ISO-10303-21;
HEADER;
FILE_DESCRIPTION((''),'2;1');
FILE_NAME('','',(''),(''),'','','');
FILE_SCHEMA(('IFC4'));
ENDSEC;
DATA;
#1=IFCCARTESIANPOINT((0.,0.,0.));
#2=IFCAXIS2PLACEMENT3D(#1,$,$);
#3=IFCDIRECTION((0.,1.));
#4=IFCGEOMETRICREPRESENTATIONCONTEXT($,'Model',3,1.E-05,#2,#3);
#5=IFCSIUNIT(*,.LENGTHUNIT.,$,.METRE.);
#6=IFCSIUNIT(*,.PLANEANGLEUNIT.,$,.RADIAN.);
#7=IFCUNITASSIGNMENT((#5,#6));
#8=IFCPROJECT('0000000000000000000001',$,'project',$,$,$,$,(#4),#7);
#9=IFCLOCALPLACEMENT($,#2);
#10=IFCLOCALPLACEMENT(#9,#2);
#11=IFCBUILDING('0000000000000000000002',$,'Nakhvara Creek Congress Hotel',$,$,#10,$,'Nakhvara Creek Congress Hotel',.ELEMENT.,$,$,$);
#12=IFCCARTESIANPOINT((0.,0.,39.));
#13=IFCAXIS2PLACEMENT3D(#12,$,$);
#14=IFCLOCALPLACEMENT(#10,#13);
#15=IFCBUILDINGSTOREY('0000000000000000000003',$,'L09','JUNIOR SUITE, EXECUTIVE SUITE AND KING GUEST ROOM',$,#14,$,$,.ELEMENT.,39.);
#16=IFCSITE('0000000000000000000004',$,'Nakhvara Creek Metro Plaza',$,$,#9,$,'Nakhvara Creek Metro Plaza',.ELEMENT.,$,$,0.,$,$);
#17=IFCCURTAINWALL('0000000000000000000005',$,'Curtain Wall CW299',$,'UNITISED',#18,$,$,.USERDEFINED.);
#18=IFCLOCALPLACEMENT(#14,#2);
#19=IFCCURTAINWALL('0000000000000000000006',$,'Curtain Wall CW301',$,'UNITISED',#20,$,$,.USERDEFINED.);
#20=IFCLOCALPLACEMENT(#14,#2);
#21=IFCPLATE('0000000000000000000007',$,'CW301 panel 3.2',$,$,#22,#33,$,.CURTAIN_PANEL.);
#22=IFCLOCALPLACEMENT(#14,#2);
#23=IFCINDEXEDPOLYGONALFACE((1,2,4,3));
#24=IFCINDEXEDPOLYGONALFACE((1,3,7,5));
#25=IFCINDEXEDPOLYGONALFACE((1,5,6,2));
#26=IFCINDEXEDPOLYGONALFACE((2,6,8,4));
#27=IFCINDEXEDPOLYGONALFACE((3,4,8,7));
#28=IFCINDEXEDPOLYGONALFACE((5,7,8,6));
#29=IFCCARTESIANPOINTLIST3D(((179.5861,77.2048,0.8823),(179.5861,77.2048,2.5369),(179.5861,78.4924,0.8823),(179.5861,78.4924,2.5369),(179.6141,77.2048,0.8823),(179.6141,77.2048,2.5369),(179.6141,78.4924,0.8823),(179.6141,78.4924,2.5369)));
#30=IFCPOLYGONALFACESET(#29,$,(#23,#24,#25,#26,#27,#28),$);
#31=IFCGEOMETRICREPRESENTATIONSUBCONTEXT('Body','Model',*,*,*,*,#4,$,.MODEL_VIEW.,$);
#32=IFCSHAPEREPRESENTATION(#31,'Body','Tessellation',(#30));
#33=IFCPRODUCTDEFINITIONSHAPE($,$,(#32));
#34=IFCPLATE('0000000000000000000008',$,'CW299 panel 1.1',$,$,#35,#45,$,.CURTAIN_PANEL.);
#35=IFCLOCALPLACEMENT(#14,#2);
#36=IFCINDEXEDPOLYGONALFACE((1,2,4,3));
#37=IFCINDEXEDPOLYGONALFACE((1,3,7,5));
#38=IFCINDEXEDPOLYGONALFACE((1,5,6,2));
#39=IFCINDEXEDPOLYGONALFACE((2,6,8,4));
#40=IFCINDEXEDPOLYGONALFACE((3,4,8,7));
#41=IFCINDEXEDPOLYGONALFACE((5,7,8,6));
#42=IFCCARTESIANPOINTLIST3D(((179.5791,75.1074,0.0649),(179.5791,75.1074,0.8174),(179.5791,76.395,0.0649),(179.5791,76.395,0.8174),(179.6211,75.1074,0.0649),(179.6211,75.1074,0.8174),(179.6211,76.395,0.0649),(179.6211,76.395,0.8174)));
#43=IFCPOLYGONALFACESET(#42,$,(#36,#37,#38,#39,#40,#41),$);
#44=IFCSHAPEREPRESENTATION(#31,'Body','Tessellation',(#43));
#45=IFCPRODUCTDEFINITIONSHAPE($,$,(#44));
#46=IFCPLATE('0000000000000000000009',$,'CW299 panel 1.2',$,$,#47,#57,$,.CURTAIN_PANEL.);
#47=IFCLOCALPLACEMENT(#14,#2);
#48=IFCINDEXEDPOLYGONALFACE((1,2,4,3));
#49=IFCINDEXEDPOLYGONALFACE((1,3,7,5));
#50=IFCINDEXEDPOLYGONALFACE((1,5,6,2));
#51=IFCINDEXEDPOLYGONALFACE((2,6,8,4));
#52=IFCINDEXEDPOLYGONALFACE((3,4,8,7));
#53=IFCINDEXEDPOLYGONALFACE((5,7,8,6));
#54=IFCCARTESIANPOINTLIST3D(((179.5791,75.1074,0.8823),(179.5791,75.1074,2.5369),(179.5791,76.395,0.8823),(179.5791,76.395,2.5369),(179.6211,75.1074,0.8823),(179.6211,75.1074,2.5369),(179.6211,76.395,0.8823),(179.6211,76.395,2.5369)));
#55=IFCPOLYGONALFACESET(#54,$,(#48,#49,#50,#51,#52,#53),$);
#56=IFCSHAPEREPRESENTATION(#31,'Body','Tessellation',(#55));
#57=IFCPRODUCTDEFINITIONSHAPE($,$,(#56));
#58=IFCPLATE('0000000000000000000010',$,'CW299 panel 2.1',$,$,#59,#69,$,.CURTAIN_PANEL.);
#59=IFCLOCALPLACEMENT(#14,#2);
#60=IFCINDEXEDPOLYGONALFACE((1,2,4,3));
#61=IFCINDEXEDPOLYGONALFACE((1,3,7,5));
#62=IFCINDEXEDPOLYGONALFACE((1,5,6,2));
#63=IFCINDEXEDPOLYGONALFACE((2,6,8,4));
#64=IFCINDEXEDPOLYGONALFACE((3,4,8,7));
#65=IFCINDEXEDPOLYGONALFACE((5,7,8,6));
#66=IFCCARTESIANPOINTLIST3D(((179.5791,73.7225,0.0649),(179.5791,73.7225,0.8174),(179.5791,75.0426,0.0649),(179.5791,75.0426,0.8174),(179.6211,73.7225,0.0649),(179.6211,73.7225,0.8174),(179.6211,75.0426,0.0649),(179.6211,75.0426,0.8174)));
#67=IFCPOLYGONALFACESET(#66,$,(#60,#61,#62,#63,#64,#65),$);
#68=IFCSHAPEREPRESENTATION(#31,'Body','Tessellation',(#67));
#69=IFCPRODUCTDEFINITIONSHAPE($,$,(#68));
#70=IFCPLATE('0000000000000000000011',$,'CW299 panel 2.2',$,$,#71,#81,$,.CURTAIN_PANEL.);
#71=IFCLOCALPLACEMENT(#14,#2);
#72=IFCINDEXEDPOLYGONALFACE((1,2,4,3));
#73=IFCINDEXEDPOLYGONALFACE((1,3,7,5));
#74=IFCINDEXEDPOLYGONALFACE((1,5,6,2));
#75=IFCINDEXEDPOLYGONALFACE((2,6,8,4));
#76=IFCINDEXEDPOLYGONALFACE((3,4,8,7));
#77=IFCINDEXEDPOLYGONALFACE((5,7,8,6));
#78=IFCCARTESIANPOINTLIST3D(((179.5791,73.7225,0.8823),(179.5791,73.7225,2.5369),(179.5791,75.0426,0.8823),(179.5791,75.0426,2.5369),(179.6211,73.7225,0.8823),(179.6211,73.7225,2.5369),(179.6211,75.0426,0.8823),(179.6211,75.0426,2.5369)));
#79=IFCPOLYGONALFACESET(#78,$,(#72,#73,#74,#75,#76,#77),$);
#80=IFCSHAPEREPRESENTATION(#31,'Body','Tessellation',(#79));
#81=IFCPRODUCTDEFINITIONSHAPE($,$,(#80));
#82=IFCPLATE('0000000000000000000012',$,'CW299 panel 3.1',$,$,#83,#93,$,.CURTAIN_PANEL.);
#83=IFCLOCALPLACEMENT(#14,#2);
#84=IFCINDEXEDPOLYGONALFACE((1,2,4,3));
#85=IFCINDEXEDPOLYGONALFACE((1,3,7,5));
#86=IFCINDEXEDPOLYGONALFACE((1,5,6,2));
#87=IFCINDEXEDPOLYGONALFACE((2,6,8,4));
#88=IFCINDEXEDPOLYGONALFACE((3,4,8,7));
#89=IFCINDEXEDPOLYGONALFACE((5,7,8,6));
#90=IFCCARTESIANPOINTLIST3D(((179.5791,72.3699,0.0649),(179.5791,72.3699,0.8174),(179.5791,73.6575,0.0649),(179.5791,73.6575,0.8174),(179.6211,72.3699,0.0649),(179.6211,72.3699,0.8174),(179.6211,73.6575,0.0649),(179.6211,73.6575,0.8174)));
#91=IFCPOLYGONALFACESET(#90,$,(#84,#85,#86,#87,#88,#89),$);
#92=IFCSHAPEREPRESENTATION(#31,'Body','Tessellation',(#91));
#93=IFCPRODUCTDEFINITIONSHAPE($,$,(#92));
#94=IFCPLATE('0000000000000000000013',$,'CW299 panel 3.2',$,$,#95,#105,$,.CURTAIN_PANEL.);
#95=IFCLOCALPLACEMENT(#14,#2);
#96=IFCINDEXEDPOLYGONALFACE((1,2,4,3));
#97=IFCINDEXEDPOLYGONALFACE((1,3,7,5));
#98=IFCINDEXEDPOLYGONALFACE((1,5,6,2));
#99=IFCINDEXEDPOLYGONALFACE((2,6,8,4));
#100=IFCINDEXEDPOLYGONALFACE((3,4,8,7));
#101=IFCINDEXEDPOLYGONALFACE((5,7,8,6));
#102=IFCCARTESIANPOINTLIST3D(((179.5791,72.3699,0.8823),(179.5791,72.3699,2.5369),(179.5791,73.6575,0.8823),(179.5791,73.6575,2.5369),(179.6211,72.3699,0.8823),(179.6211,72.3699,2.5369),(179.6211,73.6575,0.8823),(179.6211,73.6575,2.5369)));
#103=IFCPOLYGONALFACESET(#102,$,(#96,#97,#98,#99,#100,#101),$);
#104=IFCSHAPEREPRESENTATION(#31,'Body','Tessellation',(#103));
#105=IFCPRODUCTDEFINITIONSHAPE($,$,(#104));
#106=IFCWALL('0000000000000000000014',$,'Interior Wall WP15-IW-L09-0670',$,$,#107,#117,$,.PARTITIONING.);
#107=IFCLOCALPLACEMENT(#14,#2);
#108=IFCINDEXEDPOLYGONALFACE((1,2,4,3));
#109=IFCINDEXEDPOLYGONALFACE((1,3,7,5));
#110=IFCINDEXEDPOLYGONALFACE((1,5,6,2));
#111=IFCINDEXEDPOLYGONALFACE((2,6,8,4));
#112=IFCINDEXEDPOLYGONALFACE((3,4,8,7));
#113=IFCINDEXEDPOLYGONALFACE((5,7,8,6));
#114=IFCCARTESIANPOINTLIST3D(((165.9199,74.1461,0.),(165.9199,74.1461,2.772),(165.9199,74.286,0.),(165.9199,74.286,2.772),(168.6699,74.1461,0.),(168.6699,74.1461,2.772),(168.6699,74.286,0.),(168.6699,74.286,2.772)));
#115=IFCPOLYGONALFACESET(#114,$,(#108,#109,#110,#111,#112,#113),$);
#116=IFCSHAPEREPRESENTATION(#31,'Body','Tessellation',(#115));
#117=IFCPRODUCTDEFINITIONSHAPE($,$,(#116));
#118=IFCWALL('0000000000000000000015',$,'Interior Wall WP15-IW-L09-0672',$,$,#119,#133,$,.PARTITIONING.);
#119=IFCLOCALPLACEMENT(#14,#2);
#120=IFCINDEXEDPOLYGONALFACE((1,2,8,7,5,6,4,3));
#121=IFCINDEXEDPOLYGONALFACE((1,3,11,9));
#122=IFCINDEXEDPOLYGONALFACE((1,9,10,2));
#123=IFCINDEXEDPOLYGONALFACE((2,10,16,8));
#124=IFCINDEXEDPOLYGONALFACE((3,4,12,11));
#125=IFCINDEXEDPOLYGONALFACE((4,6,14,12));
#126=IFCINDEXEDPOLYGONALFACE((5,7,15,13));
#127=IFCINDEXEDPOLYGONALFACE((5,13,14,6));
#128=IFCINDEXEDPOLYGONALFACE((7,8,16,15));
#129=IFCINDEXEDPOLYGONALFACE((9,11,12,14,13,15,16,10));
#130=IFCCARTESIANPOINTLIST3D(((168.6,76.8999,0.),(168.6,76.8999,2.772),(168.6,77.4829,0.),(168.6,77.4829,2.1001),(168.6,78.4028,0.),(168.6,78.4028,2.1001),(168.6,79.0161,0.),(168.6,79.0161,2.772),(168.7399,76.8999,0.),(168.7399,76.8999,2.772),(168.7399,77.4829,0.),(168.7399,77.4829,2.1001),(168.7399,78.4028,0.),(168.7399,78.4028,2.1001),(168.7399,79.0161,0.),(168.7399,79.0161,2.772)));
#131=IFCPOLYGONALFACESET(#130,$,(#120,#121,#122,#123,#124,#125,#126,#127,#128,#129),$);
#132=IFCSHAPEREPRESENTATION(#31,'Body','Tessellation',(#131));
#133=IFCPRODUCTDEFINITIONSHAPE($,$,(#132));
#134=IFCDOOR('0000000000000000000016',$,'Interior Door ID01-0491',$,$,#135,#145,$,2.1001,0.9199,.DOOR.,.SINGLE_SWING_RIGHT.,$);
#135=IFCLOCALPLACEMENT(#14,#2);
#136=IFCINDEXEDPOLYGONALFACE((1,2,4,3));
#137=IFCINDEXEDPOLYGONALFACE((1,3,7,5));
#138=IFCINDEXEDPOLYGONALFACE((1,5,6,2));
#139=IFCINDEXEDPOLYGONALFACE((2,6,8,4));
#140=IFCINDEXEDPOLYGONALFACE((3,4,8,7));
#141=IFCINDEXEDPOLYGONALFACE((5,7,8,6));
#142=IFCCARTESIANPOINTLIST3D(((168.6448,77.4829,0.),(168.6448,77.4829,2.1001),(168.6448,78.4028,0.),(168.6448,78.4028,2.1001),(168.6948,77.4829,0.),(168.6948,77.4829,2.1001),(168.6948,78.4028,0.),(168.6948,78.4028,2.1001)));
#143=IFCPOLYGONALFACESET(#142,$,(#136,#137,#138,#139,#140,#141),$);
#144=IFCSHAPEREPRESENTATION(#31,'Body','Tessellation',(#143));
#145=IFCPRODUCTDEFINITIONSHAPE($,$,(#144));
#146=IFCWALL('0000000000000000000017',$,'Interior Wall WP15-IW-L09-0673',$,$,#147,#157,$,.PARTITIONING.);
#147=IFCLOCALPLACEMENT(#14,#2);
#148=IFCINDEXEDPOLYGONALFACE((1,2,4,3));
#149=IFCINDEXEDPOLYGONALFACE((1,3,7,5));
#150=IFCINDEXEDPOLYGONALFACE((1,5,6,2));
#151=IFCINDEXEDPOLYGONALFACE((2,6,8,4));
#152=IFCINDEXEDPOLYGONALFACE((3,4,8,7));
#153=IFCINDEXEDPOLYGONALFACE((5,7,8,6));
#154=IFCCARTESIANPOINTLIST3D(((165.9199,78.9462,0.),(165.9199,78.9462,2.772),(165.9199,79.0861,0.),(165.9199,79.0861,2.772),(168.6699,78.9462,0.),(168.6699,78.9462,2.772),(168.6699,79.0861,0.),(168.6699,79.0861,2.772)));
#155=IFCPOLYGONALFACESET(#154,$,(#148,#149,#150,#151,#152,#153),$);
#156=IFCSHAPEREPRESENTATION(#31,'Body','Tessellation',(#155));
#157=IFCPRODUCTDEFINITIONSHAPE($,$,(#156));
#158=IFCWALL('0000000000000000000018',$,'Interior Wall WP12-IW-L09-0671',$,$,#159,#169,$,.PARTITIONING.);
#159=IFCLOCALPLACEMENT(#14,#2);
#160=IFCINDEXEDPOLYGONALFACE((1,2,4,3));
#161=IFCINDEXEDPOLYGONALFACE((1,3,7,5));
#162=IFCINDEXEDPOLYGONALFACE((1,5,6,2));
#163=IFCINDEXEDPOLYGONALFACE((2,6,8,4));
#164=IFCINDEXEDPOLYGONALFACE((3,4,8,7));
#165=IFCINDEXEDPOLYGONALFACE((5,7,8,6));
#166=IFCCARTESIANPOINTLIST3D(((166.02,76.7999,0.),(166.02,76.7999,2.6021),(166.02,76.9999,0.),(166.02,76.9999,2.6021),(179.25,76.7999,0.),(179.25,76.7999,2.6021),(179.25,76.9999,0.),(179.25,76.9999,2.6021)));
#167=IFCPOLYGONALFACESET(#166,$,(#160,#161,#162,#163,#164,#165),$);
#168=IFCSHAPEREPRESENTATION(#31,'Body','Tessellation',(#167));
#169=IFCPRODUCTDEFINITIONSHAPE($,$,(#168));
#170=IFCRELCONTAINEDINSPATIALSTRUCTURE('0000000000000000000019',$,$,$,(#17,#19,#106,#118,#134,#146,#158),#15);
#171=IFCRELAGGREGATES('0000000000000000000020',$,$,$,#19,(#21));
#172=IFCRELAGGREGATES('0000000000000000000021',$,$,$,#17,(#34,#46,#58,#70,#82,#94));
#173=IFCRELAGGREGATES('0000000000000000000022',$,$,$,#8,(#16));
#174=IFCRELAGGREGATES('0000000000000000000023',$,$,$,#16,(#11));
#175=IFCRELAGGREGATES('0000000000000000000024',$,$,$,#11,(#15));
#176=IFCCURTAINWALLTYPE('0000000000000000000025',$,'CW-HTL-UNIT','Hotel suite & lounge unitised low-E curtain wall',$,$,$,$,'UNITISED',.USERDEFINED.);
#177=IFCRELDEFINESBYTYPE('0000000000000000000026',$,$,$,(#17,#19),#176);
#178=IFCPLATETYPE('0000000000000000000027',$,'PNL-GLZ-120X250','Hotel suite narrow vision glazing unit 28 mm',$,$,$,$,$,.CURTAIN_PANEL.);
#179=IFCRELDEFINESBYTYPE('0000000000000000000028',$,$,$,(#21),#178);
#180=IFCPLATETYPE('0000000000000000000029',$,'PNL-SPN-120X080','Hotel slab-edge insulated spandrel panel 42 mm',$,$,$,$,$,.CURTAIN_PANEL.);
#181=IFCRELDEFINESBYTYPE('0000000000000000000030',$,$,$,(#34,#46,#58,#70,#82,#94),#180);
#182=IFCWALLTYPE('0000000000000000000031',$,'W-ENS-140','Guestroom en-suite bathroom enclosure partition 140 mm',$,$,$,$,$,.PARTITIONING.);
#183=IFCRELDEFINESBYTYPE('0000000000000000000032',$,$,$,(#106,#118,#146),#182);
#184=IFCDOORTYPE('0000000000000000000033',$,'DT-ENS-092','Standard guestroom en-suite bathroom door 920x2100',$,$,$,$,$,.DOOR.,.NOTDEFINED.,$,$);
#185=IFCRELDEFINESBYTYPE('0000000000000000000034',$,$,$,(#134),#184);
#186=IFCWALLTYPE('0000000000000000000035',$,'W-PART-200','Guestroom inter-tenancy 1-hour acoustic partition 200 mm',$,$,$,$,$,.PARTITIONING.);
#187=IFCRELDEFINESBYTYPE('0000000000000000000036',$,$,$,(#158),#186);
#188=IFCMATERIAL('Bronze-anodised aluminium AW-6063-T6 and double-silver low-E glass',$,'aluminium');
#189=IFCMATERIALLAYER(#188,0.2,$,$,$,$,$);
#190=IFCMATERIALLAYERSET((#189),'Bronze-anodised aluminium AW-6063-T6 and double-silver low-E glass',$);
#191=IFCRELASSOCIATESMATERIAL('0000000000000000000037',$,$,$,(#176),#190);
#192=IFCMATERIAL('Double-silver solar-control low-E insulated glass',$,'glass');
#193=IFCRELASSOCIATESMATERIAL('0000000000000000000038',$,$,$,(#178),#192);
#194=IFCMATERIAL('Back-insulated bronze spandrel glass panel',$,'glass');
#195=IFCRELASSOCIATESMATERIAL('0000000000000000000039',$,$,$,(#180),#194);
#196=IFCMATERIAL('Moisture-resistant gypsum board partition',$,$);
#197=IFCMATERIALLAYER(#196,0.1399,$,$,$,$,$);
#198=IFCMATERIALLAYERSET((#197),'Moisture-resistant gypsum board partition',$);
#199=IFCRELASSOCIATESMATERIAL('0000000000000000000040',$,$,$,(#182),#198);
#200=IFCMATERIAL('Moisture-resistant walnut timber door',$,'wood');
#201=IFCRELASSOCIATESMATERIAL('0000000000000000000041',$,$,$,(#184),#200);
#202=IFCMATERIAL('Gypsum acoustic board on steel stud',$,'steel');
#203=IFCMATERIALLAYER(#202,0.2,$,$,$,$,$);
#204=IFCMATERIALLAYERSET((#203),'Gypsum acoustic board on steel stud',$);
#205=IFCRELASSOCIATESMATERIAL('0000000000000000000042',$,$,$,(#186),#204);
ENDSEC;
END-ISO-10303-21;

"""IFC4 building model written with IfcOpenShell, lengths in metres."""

from ifc_helpers import new_model, si_unit, direction, frame, frame_2d, origin, origin_2d, place, context, subcontext, project, spatial, rectangle, extrude, material, layer, layer_set, type_object, element, fill, aggregate, save


model = new_model("IFC4")

# Units and contexts
model_context = context("Model", 3, precision=1e-05, world=origin(), true_north=direction((0.0, 1.0)))
body_context = subcontext(model_context, "Body", "Model", "MODEL_VIEW")
ifc_project = project(units=[si_unit("LENGTHUNIT", "METRE"), si_unit("PLANEANGLEUNIT", "RADIAN")], contexts=[model_context])

# Site, building, storey
site_placement = place(None, origin())
site = spatial("IfcSite", under=ifc_project, at=site_placement, Name="Nakhvara Creek Metro Plaza", LongName="Nakhvara Creek Metro Plaza", CompositionType="ELEMENT", RefElevation=0.0)
building_placement = place(site_placement, origin())
building = spatial("IfcBuilding", under=site, at=building_placement, Name="Nakhvara Creek Congress Hotel", LongName="Nakhvara Creek Congress Hotel", CompositionType="ELEMENT")
storey_placement = place(building_placement, frame((0.0, 0.0, 39.0)))
storey = spatial("IfcBuildingStorey", under=building, at=storey_placement, Name="L09", Description="JUNIOR SUITE, EXECUTIVE SUITE AND KING GUEST ROOM", CompositionType="ELEMENT", Elevation=39.0)

# Curtain wall
ifc_material_1 = material(Name="Bronze-anodised aluminium AW-6063-T6 and double-silver low-E glass", Category="aluminium")
ifc_layer_1 = layer(ifc_material_1, 0.2)
ifc_layer_set_1 = layer_set([ifc_layer_1], Name="Bronze-anodised aluminium AW-6063-T6 and double-silver low-E glass")
curtain_wall_type = type_object("IfcCurtainWallType", Name="CW-HTL-UNIT", Description="Hotel suite & lounge unitised low-E curtain wall", ElementType="UNITISED", PredefinedType="USERDEFINED", material=ifc_layer_set_1)
curtain_wall_1_placement = place(storey_placement, origin())
curtain_wall_1 = element("IfcCurtainWall", 1, at=curtain_wall_1_placement, inside=storey, type_object=curtain_wall_type, Name="Curtain Wall CW299", ObjectType="UNITISED", PredefinedType="USERDEFINED")

# Curtain wall
curtain_wall_2_placement = place(storey_placement, origin())
curtain_wall_2 = element("IfcCurtainWall", 2, at=curtain_wall_2_placement, inside=storey, type_object=curtain_wall_type, Name="Curtain Wall CW301", ObjectType="UNITISED", PredefinedType="USERDEFINED")

# Plates
ifc_material_2 = material(Name="Double-silver solar-control low-E insulated glass", Category="glass")
plate_type_1 = type_object("IfcPlateType", Name="PNL-GLZ-120X250", Description="Hotel suite narrow vision glazing unit 28 mm", PredefinedType="CURTAIN_PANEL", material=ifc_material_2)
plate_1_placement = place(storey_placement, frame((179.6001, 77.8486, 0.8823), z_axis=(0.0, 0.0, 1.0), x_axis=(0.0, -1.0, 0.0)))
plate_1 = element("IfcPlate", 3, at=plate_1_placement, type_object=plate_type_1, Name="CW301 panel 3.2", PredefinedType="CURTAIN_PANEL", context=body_context, shape_type="SweptSolid", body=[
    extrude(rectangle(XDim=1.2876, YDim=0.0281, at=origin_2d()), origin(), (0.0, 0.0, 1.0), 1.6545),
])
aggregate(curtain_wall_2, [plate_1])
ifc_material_3 = material(Name="Back-insulated bronze spandrel glass panel", Category="glass")
plate_type_2 = type_object("IfcPlateType", Name="PNL-SPN-120X080", Description="Hotel slab-edge insulated spandrel panel 42 mm", PredefinedType="CURTAIN_PANEL", material=ifc_material_3)
plate_2_placement = place(storey_placement, frame((179.6001, 75.7512, 0.0649), z_axis=(0.0, 0.0, 1.0), x_axis=(0.0, -1.0, 0.0)))
plate_2 = element("IfcPlate", 4, at=plate_2_placement, type_object=plate_type_2, Name="CW299 panel 1.1", PredefinedType="CURTAIN_PANEL", context=body_context, shape_type="SweptSolid", body=[
    extrude(rectangle(XDim=1.2876, YDim=0.042, at=origin_2d()), origin(), (0.0, 0.0, 1.0), 0.7524),
])
plate_3_placement = place(storey_placement, frame((179.6001, 75.7512, 0.8823), z_axis=(0.0, 0.0, 1.0), x_axis=(0.0, -1.0, 0.0)))
plate_3 = element("IfcPlate", 5, at=plate_3_placement, type_object=plate_type_2, Name="CW299 panel 1.2", PredefinedType="CURTAIN_PANEL", context=body_context, shape_type="SweptSolid", body=[
    extrude(rectangle(XDim=1.2876, YDim=0.042, at=origin_2d()), origin(), (0.0, 0.0, 1.0), 1.6545),
])
plate_4_placement = place(storey_placement, frame((179.6001, 74.3826, 0.0649), z_axis=(0.0, 0.0, 1.0), x_axis=(0.0, -1.0, 0.0)))
plate_4 = element("IfcPlate", 6, at=plate_4_placement, type_object=plate_type_2, Name="CW299 panel 2.1", PredefinedType="CURTAIN_PANEL", context=body_context, shape_type="SweptSolid", body=[
    extrude(rectangle(XDim=1.3201, YDim=0.042, at=origin_2d()), origin(), (0.0, 0.0, 1.0), 0.7524),
])
plate_5_placement = place(storey_placement, frame((179.6001, 74.3826, 0.8823), z_axis=(0.0, 0.0, 1.0), x_axis=(0.0, -1.0, 0.0)))
plate_5 = element("IfcPlate", 7, at=plate_5_placement, type_object=plate_type_2, Name="CW299 panel 2.2", PredefinedType="CURTAIN_PANEL", context=body_context, shape_type="SweptSolid", body=[
    extrude(rectangle(XDim=1.3201, YDim=0.042, at=origin_2d()), origin(), (0.0, 0.0, 1.0), 1.6545),
])
plate_6_placement = place(storey_placement, frame((179.6001, 73.0137, 0.0649), z_axis=(0.0, 0.0, 1.0), x_axis=(0.0, -1.0, 0.0)))
plate_6 = element("IfcPlate", 8, at=plate_6_placement, type_object=plate_type_2, Name="CW299 panel 3.1", PredefinedType="CURTAIN_PANEL", context=body_context, shape_type="SweptSolid", body=[
    extrude(rectangle(XDim=1.2876, YDim=0.042, at=origin_2d()), origin(), (0.0, 0.0, 1.0), 0.7524),
])
plate_7_placement = place(storey_placement, frame((179.6001, 73.0137, 0.8823), z_axis=(0.0, 0.0, 1.0), x_axis=(0.0, -1.0, 0.0)))
plate_7 = element("IfcPlate", 9, at=plate_7_placement, type_object=plate_type_2, Name="CW299 panel 3.2", PredefinedType="CURTAIN_PANEL", context=body_context, shape_type="SweptSolid", body=[
    extrude(rectangle(XDim=1.2876, YDim=0.042, at=origin_2d()), origin(), (0.0, 0.0, 1.0), 1.6545),
])
aggregate(curtain_wall_1, [plate_2, plate_3, plate_4, plate_5, plate_6, plate_7])

# Shared definitions
ifc_material_4 = material(Name="Moisture-resistant gypsum board partition")
ifc_layer_2 = layer(ifc_material_4, 0.1399)
ifc_layer_set_2 = layer_set([ifc_layer_2], Name="Moisture-resistant gypsum board partition")
wall_type_1 = type_object("IfcWallType", Name="W-ENS-140", Description="Guestroom en-suite bathroom enclosure partition 140 mm", PredefinedType="PARTITIONING", material=ifc_layer_set_2)
ifc_material_5 = material(Name="Moisture-resistant walnut timber door", Category="wood")

# Wall
wall_1_placement = place(storey_placement, frame((165.9199, 74.2161, 0.0), z_axis=(0.0, 0.0, 1.0), x_axis=(1.0, 0.0, 0.0)))
element("IfcWall", 10, at=wall_1_placement, inside=storey, type_object=wall_type_1, Name="Interior Wall WP15-IW-L09-0670", PredefinedType="PARTITIONING", context=body_context, shape_type="SweptSolid", body=[
    extrude(rectangle(XDim=2.75, YDim=0.1399, at=frame_2d((1.375, 0.0))), origin(), (0.0, 0.0, 1.0), 2.772),
])

# Wall, opening, door
wall_2_placement = place(storey_placement, frame((168.6699, 76.8999, 0.0), z_axis=(0.0, 0.0, 1.0), x_axis=(0.0, 1.0, 0.0)))
wall_2 = element("IfcWall", 11, at=wall_2_placement, inside=storey, type_object=wall_type_1, Name="Interior Wall WP15-IW-L09-0672", PredefinedType="PARTITIONING", context=body_context, shape_type="SweptSolid", body=[
    extrude(rectangle(XDim=2.1162, YDim=0.1399, at=frame_2d((1.0581, 0.0))), origin(), (0.0, 0.0, 1.0), 2.772),
])
opening_1_placement = place(wall_2_placement, frame((0.583, 0.0, 0.0)))
opening_1 = element("IfcOpeningElement", 12, at=opening_1_placement, cuts=wall_2, PredefinedType="OPENING", context=body_context, shape_type="SweptSolid", body=[
    extrude(rectangle(XDim=0.9199, YDim=2.1001, at=frame_2d((0.46, 1.05))), frame((0.0, 0.082, 0.0), z_axis=(0.0, -1.0, 0.0), x_axis=(1.0, 0.0, 0.0)), (0.0, 0.0, 1.0), 0.1638),
])
door_type_1 = type_object("IfcDoorType", Name="DT-ENS-092", Description="Standard guestroom en-suite bathroom door 920x2100", OperationType="NOTDEFINED", PredefinedType="DOOR", material=ifc_material_5)
door_1_placement = place(opening_1_placement, frame((0.9199, 0.0, 0.0), z_axis=(0.0, 0.0, 1.0), x_axis=(-1.0, 0.0, 0.0)))
door_1 = element("IfcDoor", 13, at=door_1_placement, inside=storey, type_object=door_type_1, Name="Interior Door ID01-0491", OperationType="SINGLE_SWING_RIGHT", OverallHeight=2.1001, OverallWidth=0.9199, PredefinedType="DOOR", context=body_context, shape_type="SweptSolid", body=[
    extrude(rectangle(XDim=0.9199, YDim=2.1001, at=frame_2d((0.46, 1.05))), frame((0.0, 0.0249, 0.0), z_axis=(0.0, -1.0, 0.0), x_axis=(1.0, 0.0, 0.0)), (0.0, 0.0, 1.0), 0.05),
])
fill(opening_1, door_1)

# Walls
wall_3_placement = place(storey_placement, frame((165.9199, 79.0161, 0.0), z_axis=(0.0, 0.0, 1.0), x_axis=(1.0, 0.0, 0.0)))
element("IfcWall", 14, at=wall_3_placement, inside=storey, type_object=wall_type_1, Name="Interior Wall WP15-IW-L09-0673", PredefinedType="PARTITIONING", context=body_context, shape_type="SweptSolid", body=[
    extrude(rectangle(XDim=2.75, YDim=0.1399, at=frame_2d((1.375, 0.0))), origin(), (0.0, 0.0, 1.0), 2.772),
])
ifc_material_6 = material(Name="Gypsum acoustic board on steel stud", Category="steel")
ifc_layer_3 = layer(ifc_material_6, 0.2)
ifc_layer_set_3 = layer_set([ifc_layer_3], Name="Gypsum acoustic board on steel stud")
wall_type_2 = type_object("IfcWallType", Name="W-PART-200", Description="Guestroom inter-tenancy 1-hour acoustic partition 200 mm", PredefinedType="PARTITIONING", material=ifc_layer_set_3)
wall_4_placement = place(storey_placement, frame((166.02, 76.8999, 0.0), z_axis=(0.0, 0.0, 1.0), x_axis=(1.0, 0.0, 0.0)))
element("IfcWall", 15, at=wall_4_placement, inside=storey, type_object=wall_type_2, Name="Interior Wall WP12-IW-L09-0671", PredefinedType="PARTITIONING", context=body_context, shape_type="SweptSolid", body=[
    extrude(rectangle(XDim=13.23, YDim=0.2, at=frame_2d((6.615, 0.0))), origin(), (0.0, 0.0, 1.0), 2.6021),
])

save(model, "model.ifc")
